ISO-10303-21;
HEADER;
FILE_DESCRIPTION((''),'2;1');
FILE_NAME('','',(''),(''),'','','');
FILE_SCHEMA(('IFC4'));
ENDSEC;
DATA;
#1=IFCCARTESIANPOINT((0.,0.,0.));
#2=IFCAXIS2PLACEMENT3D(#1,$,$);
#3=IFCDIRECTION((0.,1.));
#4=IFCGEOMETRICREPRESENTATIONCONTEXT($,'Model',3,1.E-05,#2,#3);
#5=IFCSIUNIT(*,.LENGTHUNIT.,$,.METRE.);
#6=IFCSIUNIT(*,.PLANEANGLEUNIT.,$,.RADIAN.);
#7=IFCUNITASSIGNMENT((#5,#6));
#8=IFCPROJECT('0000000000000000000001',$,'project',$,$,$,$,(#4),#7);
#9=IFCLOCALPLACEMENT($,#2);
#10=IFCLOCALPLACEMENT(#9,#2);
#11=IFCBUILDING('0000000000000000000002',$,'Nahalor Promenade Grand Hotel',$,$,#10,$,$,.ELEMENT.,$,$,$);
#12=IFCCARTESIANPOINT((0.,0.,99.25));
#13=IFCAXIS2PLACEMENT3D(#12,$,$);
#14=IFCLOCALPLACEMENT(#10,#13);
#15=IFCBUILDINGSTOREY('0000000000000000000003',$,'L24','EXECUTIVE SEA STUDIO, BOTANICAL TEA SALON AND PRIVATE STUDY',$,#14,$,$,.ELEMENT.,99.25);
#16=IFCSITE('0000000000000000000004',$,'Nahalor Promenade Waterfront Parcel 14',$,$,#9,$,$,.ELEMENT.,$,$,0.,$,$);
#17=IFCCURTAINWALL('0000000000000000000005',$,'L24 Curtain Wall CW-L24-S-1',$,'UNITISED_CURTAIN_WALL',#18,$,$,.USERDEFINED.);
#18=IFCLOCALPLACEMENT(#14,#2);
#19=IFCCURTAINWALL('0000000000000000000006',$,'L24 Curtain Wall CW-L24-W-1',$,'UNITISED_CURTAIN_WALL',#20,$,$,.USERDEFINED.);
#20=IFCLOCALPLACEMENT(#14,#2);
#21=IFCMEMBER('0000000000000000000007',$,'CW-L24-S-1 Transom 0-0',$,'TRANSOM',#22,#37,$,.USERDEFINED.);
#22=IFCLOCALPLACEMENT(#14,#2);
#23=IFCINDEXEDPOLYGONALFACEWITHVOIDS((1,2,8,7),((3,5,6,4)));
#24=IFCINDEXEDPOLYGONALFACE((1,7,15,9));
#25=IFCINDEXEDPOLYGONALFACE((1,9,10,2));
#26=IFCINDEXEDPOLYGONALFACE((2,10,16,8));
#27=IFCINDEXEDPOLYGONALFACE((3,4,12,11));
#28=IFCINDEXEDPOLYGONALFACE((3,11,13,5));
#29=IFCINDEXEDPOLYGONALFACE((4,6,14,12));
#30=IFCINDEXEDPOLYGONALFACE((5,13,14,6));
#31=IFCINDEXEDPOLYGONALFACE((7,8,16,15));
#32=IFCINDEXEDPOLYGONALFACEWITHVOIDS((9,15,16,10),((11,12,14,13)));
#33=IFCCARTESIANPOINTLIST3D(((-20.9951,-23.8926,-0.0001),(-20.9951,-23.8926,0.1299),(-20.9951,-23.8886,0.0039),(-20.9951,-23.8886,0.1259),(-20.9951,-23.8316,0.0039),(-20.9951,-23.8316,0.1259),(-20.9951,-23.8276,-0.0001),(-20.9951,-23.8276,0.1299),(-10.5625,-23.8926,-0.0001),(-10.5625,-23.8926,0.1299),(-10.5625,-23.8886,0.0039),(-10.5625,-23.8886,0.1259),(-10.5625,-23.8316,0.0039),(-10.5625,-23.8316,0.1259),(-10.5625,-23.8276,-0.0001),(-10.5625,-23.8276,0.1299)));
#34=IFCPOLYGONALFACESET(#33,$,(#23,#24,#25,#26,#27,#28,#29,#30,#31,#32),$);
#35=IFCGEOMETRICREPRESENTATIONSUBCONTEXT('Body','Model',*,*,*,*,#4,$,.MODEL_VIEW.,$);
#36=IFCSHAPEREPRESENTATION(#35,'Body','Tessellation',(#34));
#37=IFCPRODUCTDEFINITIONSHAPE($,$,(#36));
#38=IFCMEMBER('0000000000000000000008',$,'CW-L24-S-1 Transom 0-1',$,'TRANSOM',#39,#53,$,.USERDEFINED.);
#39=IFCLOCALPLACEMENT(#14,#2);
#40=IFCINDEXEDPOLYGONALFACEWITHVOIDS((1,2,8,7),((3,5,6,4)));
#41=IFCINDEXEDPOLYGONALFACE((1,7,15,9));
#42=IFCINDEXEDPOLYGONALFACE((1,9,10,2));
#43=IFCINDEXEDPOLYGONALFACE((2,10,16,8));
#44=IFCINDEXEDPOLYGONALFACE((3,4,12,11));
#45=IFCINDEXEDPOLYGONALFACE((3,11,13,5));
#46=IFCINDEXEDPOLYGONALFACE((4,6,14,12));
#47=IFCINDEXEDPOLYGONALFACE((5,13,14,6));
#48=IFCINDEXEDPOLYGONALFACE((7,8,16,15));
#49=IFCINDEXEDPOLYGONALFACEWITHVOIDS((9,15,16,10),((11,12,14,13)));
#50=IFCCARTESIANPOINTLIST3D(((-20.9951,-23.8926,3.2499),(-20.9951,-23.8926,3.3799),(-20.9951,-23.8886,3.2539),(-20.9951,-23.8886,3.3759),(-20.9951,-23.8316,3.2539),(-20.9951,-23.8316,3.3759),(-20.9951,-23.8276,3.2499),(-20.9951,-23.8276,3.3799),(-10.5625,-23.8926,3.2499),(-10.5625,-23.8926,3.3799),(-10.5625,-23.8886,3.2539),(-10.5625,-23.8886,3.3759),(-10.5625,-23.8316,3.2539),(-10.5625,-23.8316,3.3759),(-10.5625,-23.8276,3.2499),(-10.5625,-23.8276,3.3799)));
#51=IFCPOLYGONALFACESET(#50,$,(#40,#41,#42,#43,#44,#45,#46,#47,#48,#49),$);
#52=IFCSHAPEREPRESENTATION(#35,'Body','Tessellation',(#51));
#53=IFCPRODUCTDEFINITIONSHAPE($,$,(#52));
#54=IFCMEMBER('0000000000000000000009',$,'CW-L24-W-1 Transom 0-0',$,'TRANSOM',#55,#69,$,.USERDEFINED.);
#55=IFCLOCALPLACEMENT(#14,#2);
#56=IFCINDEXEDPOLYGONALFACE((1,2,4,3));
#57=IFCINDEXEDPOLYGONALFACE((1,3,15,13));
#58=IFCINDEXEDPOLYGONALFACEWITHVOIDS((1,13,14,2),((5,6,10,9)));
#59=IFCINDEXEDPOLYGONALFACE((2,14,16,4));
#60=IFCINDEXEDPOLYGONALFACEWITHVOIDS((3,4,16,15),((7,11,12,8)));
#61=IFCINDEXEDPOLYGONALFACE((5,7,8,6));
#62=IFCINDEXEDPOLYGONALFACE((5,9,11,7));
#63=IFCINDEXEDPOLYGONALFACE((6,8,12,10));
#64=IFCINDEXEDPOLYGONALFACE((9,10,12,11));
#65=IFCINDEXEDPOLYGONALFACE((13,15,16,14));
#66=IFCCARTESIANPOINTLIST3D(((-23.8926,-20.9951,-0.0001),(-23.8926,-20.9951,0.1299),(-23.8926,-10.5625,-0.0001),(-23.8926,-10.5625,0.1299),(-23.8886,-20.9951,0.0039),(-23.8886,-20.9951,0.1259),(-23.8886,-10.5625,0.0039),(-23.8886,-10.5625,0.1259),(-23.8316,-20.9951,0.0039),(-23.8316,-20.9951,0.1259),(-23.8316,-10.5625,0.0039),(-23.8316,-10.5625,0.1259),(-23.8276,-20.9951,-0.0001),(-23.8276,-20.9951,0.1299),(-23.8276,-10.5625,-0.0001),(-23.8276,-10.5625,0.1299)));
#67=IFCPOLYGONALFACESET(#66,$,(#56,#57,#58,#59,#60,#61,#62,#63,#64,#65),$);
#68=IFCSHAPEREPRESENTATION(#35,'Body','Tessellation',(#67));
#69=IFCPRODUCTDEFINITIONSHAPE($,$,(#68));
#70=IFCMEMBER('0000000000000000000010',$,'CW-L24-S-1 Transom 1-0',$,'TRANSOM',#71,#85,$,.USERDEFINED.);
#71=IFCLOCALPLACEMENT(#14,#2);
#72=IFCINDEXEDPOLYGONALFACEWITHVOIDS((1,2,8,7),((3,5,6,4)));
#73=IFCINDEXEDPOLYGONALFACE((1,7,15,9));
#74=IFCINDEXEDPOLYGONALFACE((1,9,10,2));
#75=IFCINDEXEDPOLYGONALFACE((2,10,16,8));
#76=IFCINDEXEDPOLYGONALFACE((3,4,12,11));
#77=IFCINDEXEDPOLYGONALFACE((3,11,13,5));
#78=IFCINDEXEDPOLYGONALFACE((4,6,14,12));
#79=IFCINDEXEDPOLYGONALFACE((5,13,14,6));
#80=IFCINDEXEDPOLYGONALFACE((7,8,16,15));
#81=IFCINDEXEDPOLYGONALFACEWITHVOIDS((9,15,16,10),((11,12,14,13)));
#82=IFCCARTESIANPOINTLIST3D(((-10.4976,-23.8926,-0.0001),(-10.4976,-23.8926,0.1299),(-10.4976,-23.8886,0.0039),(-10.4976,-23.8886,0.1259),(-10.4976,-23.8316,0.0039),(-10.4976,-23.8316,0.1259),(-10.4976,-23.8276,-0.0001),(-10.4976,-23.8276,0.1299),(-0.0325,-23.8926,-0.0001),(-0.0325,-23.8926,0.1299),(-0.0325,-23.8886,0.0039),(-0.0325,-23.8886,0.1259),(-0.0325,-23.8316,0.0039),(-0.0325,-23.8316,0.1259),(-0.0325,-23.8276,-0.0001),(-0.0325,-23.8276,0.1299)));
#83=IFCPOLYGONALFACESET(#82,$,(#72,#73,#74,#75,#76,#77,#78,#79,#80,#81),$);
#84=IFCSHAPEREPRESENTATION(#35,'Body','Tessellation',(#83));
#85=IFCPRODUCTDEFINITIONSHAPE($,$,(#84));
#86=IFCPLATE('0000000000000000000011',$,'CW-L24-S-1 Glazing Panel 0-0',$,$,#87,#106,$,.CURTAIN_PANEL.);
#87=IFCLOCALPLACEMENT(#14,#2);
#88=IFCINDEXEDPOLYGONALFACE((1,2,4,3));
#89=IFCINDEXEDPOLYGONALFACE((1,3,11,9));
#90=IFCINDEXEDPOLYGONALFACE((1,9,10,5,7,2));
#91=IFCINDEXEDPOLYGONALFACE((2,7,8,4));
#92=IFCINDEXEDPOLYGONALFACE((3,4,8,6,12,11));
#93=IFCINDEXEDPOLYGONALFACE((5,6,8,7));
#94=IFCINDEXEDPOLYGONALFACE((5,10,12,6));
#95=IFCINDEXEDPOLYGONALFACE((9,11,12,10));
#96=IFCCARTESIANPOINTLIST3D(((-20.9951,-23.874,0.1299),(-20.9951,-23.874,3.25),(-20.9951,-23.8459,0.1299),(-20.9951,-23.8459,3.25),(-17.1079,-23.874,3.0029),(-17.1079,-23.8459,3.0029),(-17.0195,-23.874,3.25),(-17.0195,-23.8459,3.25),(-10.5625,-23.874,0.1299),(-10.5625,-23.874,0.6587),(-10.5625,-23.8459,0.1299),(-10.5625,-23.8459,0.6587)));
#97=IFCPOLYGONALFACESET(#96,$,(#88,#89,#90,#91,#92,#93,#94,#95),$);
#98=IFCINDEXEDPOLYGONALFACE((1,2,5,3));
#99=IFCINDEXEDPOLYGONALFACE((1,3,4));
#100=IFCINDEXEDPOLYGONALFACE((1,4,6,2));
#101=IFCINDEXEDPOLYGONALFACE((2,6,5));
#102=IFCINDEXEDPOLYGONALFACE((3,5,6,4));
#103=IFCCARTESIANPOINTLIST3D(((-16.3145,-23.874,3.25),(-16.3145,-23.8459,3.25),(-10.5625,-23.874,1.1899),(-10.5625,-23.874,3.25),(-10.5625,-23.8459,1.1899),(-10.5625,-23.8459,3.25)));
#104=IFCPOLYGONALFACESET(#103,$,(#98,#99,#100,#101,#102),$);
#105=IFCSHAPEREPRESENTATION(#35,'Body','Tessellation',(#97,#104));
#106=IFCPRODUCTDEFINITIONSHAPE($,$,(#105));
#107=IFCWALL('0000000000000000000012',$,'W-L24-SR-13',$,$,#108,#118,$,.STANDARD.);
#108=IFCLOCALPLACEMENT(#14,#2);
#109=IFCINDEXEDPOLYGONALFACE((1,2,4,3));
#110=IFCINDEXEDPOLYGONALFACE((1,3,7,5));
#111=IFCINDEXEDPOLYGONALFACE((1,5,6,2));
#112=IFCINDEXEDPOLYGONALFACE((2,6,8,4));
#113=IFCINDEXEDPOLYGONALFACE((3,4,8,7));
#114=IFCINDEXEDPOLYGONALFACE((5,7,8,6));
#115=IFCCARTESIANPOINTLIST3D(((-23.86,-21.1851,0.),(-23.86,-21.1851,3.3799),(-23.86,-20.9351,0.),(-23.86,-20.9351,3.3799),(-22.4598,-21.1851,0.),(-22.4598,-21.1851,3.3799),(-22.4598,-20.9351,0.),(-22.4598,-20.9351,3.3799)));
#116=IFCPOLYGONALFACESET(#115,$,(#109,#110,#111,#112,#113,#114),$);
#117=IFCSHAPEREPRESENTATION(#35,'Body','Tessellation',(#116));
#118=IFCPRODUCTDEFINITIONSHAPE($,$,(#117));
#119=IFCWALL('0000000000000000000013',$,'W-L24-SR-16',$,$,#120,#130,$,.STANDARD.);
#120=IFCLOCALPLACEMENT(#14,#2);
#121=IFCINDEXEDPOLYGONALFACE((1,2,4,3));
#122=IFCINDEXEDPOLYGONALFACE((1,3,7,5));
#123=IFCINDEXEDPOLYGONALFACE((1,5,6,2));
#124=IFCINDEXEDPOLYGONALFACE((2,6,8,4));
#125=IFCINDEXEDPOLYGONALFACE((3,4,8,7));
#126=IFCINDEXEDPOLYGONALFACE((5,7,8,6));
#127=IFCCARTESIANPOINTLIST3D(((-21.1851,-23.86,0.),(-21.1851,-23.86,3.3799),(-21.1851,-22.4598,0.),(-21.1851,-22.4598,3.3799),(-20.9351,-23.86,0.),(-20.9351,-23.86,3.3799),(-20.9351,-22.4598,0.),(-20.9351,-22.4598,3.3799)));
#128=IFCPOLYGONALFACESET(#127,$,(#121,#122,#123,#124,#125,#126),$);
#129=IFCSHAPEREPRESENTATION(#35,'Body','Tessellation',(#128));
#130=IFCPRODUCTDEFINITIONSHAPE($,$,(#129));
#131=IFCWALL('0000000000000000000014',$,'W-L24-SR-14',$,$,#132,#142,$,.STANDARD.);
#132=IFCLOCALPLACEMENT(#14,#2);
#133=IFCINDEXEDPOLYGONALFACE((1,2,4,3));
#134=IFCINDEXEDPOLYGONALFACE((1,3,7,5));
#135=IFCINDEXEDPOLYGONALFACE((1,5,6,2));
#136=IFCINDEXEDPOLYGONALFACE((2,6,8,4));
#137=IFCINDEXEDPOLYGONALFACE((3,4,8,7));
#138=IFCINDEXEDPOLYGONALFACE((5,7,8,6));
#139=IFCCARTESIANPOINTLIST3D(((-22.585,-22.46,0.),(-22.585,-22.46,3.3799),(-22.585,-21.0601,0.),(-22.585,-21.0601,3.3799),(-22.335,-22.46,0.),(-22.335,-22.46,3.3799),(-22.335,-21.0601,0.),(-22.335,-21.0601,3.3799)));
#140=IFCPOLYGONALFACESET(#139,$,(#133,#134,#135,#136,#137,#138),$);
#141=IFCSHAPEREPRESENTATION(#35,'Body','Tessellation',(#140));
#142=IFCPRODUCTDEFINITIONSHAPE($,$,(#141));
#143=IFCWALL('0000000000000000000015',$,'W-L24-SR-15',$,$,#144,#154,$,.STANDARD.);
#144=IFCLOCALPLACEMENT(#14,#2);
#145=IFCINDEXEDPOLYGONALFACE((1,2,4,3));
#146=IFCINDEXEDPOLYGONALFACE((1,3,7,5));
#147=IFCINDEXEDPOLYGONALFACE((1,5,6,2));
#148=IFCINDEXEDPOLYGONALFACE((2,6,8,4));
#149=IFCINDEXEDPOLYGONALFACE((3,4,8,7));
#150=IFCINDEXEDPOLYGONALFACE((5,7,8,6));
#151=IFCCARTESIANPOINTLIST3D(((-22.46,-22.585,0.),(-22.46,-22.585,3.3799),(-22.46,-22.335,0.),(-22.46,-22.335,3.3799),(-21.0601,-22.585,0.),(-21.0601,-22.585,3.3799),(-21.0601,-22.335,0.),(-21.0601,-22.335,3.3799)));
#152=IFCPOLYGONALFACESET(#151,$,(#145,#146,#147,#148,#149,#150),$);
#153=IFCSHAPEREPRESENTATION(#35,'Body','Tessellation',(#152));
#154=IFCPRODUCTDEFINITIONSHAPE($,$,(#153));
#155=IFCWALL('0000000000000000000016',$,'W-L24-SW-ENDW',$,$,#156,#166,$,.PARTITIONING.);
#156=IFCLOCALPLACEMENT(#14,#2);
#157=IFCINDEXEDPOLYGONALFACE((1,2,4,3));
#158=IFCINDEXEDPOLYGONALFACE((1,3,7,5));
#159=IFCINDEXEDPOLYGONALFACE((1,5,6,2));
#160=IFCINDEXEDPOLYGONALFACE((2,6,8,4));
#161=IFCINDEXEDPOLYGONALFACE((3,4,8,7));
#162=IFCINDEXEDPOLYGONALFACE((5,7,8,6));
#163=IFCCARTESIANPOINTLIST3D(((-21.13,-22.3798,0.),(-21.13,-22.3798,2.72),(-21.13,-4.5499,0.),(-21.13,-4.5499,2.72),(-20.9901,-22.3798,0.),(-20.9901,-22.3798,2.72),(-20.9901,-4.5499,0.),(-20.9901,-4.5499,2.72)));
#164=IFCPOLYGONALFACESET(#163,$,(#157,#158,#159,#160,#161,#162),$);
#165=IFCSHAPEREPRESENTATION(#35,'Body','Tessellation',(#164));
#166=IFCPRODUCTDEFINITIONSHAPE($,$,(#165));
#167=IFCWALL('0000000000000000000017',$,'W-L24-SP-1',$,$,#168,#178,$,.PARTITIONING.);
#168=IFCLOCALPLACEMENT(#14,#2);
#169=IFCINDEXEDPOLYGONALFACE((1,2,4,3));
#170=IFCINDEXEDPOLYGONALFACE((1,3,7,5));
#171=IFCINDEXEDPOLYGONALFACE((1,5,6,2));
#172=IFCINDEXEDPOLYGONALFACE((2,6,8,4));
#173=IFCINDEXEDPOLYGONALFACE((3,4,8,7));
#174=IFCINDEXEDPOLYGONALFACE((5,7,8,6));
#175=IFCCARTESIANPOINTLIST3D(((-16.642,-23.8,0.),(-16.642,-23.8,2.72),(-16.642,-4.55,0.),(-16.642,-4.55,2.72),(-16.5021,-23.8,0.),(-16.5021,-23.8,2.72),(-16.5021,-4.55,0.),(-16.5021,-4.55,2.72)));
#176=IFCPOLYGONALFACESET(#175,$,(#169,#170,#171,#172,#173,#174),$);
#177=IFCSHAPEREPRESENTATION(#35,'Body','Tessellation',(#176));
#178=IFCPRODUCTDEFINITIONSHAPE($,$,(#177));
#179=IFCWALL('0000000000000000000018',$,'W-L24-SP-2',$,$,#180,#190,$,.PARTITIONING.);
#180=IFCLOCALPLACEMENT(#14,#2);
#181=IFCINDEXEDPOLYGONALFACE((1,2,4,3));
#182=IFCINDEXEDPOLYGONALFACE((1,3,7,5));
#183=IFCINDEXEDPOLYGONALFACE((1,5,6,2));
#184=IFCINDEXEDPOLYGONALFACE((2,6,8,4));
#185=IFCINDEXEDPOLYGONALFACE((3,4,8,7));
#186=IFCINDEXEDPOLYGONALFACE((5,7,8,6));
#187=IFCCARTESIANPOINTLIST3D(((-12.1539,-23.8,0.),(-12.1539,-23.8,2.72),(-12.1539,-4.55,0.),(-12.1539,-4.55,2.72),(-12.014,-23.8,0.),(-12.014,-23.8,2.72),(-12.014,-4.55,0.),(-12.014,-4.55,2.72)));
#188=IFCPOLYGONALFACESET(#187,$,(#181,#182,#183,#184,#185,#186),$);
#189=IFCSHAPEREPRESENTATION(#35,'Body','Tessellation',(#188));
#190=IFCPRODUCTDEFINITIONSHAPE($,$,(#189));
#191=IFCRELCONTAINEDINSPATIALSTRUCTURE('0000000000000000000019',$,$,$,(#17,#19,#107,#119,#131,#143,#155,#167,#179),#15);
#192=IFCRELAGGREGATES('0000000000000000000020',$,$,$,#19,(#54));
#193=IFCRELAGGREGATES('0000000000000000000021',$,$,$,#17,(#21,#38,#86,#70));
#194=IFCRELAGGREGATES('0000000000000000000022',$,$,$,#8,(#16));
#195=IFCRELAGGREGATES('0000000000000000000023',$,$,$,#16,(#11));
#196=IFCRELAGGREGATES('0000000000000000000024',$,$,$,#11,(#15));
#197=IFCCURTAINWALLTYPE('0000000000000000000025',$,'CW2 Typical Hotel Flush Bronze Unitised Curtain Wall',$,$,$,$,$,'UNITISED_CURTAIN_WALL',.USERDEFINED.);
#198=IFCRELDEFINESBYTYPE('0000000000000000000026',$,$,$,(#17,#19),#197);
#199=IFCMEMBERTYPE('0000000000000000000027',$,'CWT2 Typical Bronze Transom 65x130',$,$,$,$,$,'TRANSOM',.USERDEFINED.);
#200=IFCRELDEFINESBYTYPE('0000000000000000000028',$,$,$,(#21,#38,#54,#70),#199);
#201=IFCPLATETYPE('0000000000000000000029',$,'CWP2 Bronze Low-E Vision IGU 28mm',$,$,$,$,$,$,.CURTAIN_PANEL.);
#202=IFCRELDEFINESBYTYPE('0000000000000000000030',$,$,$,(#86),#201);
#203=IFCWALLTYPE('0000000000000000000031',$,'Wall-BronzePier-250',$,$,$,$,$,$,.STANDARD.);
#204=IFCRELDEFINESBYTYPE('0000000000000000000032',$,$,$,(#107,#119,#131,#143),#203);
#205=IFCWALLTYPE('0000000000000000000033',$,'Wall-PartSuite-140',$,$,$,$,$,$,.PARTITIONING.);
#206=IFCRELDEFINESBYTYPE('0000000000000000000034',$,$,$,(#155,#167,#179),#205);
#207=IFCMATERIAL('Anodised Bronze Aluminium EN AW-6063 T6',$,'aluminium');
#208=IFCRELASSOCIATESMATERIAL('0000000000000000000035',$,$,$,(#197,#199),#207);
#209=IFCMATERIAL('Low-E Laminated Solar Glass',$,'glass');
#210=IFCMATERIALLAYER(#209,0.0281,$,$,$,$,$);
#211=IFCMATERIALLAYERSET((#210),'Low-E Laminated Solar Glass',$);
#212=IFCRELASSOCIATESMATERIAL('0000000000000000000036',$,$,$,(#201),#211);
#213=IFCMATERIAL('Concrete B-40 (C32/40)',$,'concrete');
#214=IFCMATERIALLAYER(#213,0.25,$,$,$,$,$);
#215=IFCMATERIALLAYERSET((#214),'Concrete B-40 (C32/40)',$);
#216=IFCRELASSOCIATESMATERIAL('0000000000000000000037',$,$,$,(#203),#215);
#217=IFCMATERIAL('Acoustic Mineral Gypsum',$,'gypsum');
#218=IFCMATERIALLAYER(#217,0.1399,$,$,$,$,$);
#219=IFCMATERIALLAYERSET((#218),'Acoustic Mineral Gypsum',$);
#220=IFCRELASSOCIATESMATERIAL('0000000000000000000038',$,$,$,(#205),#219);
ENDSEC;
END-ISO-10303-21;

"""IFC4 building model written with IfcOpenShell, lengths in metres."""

from ifc_helpers import new_model, si_unit, direction, frame, frame_2d, origin, origin_2d, place, context, subcontext, project, spatial, polyline, rectangle, hollow_rectangle, outline, extrude, source, transform, mapped, material, layer, layer_set, material_profile, profile_set, type_object, element, aggregate, save


model = new_model("IFC4")

# Units and contexts
model_context = context("Model", 3, precision=1e-05, world=origin(), true_north=direction((0.0, 1.0)))
body_context = subcontext(model_context, "Body", "Model", "MODEL_VIEW")
ifc_project = project(units=[si_unit("LENGTHUNIT", "METRE"), si_unit("PLANEANGLEUNIT", "RADIAN")], contexts=[model_context])

# Site, building, storey
site_placement = place(None, origin())
site = spatial("IfcSite", under=ifc_project, at=site_placement, Name="Nahalor Promenade Waterfront Parcel 14", CompositionType="ELEMENT", RefElevation=0.0)
building_placement = place(site_placement, origin())
building = spatial("IfcBuilding", under=site, at=building_placement, Name="Nahalor Promenade Grand Hotel", CompositionType="ELEMENT")
storey_placement = place(building_placement, frame((0.0, 0.0, 99.25)))
storey = spatial("IfcBuildingStorey", under=building, at=storey_placement, Name="L24", Description="EXECUTIVE SEA STUDIO, BOTANICAL TEA SALON AND PRIVATE STUDY", CompositionType="ELEMENT", Elevation=99.25)

# Curtain wall
ifc_material_1 = material(Name="Anodised Bronze Aluminium EN AW-6063 T6", Category="aluminium")
curtain_wall_type = type_object("IfcCurtainWallType", Name="CW2 Typical Hotel Flush Bronze Unitised Curtain Wall", ElementType="UNITISED_CURTAIN_WALL", PredefinedType="USERDEFINED", material=ifc_material_1)
curtain_wall_1_placement = place(storey_placement, origin())
curtain_wall_1 = element("IfcCurtainWall", 1, at=curtain_wall_1_placement, inside=storey, type_object=curtain_wall_type, Name="L24 Curtain Wall CW-L24-S-1", ObjectType="UNITISED_CURTAIN_WALL", PredefinedType="USERDEFINED")

# Curtain wall
curtain_wall_2_placement = place(storey_placement, origin())
curtain_wall_2 = element("IfcCurtainWall", 2, at=curtain_wall_2_placement, inside=storey, type_object=curtain_wall_type, Name="L24 Curtain Wall CW-L24-W-1", ObjectType="UNITISED_CURTAIN_WALL", PredefinedType="USERDEFINED")

# Members
ifc_material_profile_1 = material_profile(ifc_material_1, hollow_rectangle(XDim=0.065, YDim=0.13, WallThickness=0.004, at=origin_2d()), Name="CWT 65x130x4")
ifc_profile_set_1 = profile_set([ifc_material_profile_1], Name="Anodised Bronze Aluminium EN AW-6063 T6")
member_type_1 = type_object("IfcMemberType", Name="CWT2 Typical Bronze Transom 65x130", ElementType="TRANSOM", PredefinedType="USERDEFINED", material=ifc_profile_set_1)
shared_shape_1 = source(origin(), body_context, "Body", "SweptSolid", [
    extrude(hollow_rectangle(XDim=0.065, YDim=0.13, WallThickness=0.004, at=origin_2d()), origin(), (0.0, 0.0, 1.0), 10.4326),
])
member_1_placement = place(storey_placement, frame((-20.9951, -23.8601, 0.0649), z_axis=(1.0, 0.0, 0.0), x_axis=(0.0, 1.0, 0.0)))
member_1 = element("IfcMember", 3, at=member_1_placement, type_object=member_type_1, Name="CW-L24-S-1 Transom 0-0", ObjectType="TRANSOM", PredefinedType="USERDEFINED", context=body_context, shape_type="MappedRepresentation", body=[
    mapped(shared_shape_1, transform((0.0, 0.0, 0.0), scale=1.0)),
])
member_2_placement = place(storey_placement, frame((-20.9951, -23.8601, 3.3149), z_axis=(1.0, 0.0, 0.0), x_axis=(0.0, 1.0, 0.0)))
member_2 = element("IfcMember", 4, at=member_2_placement, type_object=member_type_1, Name="CW-L24-S-1 Transom 0-1", ObjectType="TRANSOM", PredefinedType="USERDEFINED", context=body_context, shape_type="MappedRepresentation", body=[
    mapped(shared_shape_1, transform((0.0, 0.0, 0.0), scale=1.0)),
])
member_3_placement = place(storey_placement, frame((-23.8601, -20.9951, 0.0649), z_axis=(0.0, 1.0, 0.0), x_axis=(-1.0, 0.0, 0.0)))
member_3 = element("IfcMember", 5, at=member_3_placement, type_object=member_type_1, Name="CW-L24-W-1 Transom 0-0", ObjectType="TRANSOM", PredefinedType="USERDEFINED", context=body_context, shape_type="MappedRepresentation", body=[
    mapped(shared_shape_1, transform((0.0, 0.0, 0.0), scale=1.0)),
])
aggregate(curtain_wall_2, [member_3])
shared_shape_2 = source(origin(), body_context, "Body", "SweptSolid", [
    extrude(hollow_rectangle(XDim=0.065, YDim=0.13, WallThickness=0.004, at=origin_2d()), origin(), (0.0, 0.0, 1.0), 10.4651),
])
member_4_placement = place(storey_placement, frame((-10.4976, -23.8601, 0.0649), z_axis=(1.0, 0.0, 0.0), x_axis=(0.0, 1.0, 0.0)))
member_4 = element("IfcMember", 6, at=member_4_placement, type_object=member_type_1, Name="CW-L24-S-1 Transom 1-0", ObjectType="TRANSOM", PredefinedType="USERDEFINED", context=body_context, shape_type="MappedRepresentation", body=[
    mapped(shared_shape_2, transform((0.0, 0.0, 0.0), scale=1.0)),
])

# Plate
ifc_material_2 = material(Name="Low-E Laminated Solar Glass", Category="glass")
ifc_layer_1 = layer(ifc_material_2, 0.0281)
ifc_layer_set_1 = layer_set([ifc_layer_1], Name="Low-E Laminated Solar Glass")
plate_type = type_object("IfcPlateType", Name="CWP2 Bronze Low-E Vision IGU 28mm", PredefinedType="CURTAIN_PANEL", material=ifc_layer_set_1)
plate_placement = place(storey_placement, frame((-15.7788, -23.8601, 0.1299), z_axis=(0.0, 0.0, 1.0), x_axis=(1.0, 0.0, 0.0)))
plate = element("IfcPlate", 7, at=plate_placement, type_object=plate_type, Name="CW-L24-S-1 Glazing Panel 0-0", PredefinedType="CURTAIN_PANEL", context=body_context, shape_type="SweptSolid", body=[
    extrude(outline(polyline([(-5.2163, 0.0), (5.2163, 0.0), (5.2163, 0.5288), (-1.3291, 2.873), (-1.2407, 3.1201), (-5.2163, 3.1201), (-5.2163, 0.0)])), frame((0.0, 0.0142, 0.0), z_axis=(0.0, -1.0, 0.0), x_axis=(1.0, 0.0, 0.0)), (0.0, 0.0, 1.0), 0.0281),
    extrude(outline(polyline([(5.2163, 1.0601), (5.2163, 3.1201), (-0.5356, 3.1201), (5.2163, 1.0601)])), frame((0.0, 0.0142, 0.0), z_axis=(0.0, -1.0, 0.0), x_axis=(1.0, 0.0, 0.0)), (0.0, 0.0, 1.0), 0.0281),
])
aggregate(curtain_wall_1, [member_1, member_2, plate, member_4])

# Walls
ifc_material_3 = material(Name="Concrete B-40 (C32/40)", Category="concrete")
ifc_layer_2 = layer(ifc_material_3, 0.25)
ifc_layer_set_2 = layer_set([ifc_layer_2], Name="Concrete B-40 (C32/40)")
wall_type_1 = type_object("IfcWallType", Name="Wall-BronzePier-250", PredefinedType="STANDARD", material=ifc_layer_set_2)
shared_shape_3 = source(origin(), body_context, "Body", "SweptSolid", [
    extrude(rectangle(XDim=1.4001, YDim=0.25, at=frame_2d((0.7002, 0.0))), origin(), (0.0, 0.0, 1.0), 3.3799),
])
for number, where, z_axis, x_axis, name in (
    (8, (-23.8601, -21.0601, 0.0), (0.0, 0.0, 1.0), (1.0, 0.0, 0.0), "W-L24-SR-13"),
    (9, (-21.0601, -23.8601, 0.0), (0.0, 0.0, 1.0), (0.0, 1.0, 0.0), "W-L24-SR-16"),
):
    element("IfcWall", number, at=place(storey_placement, frame(where, z_axis=z_axis, x_axis=x_axis)), inside=storey, type_object=wall_type_1, Name=name, PredefinedType="STANDARD", context=body_context, shape_type="MappedRepresentation", body=[
        mapped(shared_shape_3, transform((0.0, 0.0, 0.0), scale=1.0)),
    ])
shared_shape_4 = source(origin(), body_context, "Body", "SweptSolid", [
    extrude(rectangle(XDim=1.3999, YDim=0.25, at=frame_2d((0.7, 0.0))), origin(), (0.0, 0.0, 1.0), 3.3799),
])
for number, where, z_axis, x_axis, name in (
    (10, (-22.46, -22.46, 0.0), (0.0, 0.0, 1.0), (0.0, 1.0, 0.0), "W-L24-SR-14"),
    (11, (-22.46, -22.46, 0.0), (0.0, 0.0, 1.0), (1.0, 0.0, 0.0), "W-L24-SR-15"),
):
    element("IfcWall", number, at=place(storey_placement, frame(where, z_axis=z_axis, x_axis=x_axis)), inside=storey, type_object=wall_type_1, Name=name, PredefinedType="STANDARD", context=body_context, shape_type="MappedRepresentation", body=[
        mapped(shared_shape_4, transform((0.0, 0.0, 0.0), scale=1.0)),
    ])
ifc_material_4 = material(Name="Acoustic Mineral Gypsum", Category="gypsum")
ifc_layer_3 = layer(ifc_material_4, 0.1399)
ifc_layer_set_3 = layer_set([ifc_layer_3], Name="Acoustic Mineral Gypsum")
wall_type_2 = type_object("IfcWallType", Name="Wall-PartSuite-140", PredefinedType="PARTITIONING", material=ifc_layer_set_3)
shared_shape_5 = source(origin(), body_context, "Body", "SweptSolid", [
    extrude(rectangle(XDim=17.8298, YDim=0.1399, at=frame_2d((8.915, 0.0))), origin(), (0.0, 0.0, 1.0), 2.72),
])
wall_1_placement = place(storey_placement, frame((-21.0601, -22.3799, 0.0), z_axis=(0.0, 0.0, 1.0), x_axis=(0.0, 1.0, 0.0)))
element("IfcWall", 12, at=wall_1_placement, inside=storey, type_object=wall_type_2, Name="W-L24-SW-ENDW", PredefinedType="PARTITIONING", context=body_context, shape_type="MappedRepresentation", body=[
    mapped(shared_shape_5, transform((0.0, 0.0, 0.0), scale=1.0)),
])
shared_shape_6 = source(origin(), body_context, "Body", "SweptSolid", [
    extrude(rectangle(XDim=19.25, YDim=0.1399, at=frame_2d((9.625, 0.0))), origin(), (0.0, 0.0, 1.0), 2.72),
])
for number, where, z_axis, x_axis, name in (
    (13, (-16.572, -23.8, 0.0), (0.0, 0.0, 1.0), (0.0, 1.0, 0.0), "W-L24-SP-1"),
    (14, (-12.084, -23.8, 0.0), (0.0, 0.0, 1.0), (0.0, 1.0, 0.0), "W-L24-SP-2"),
):
    element("IfcWall", number, at=place(storey_placement, frame(where, z_axis=z_axis, x_axis=x_axis)), inside=storey, type_object=wall_type_2, Name=name, PredefinedType="PARTITIONING", context=body_context, shape_type="MappedRepresentation", body=[
        mapped(shared_shape_6, transform((0.0, 0.0, 0.0), scale=1.0)),
    ])

save(model, "model.ifc")
